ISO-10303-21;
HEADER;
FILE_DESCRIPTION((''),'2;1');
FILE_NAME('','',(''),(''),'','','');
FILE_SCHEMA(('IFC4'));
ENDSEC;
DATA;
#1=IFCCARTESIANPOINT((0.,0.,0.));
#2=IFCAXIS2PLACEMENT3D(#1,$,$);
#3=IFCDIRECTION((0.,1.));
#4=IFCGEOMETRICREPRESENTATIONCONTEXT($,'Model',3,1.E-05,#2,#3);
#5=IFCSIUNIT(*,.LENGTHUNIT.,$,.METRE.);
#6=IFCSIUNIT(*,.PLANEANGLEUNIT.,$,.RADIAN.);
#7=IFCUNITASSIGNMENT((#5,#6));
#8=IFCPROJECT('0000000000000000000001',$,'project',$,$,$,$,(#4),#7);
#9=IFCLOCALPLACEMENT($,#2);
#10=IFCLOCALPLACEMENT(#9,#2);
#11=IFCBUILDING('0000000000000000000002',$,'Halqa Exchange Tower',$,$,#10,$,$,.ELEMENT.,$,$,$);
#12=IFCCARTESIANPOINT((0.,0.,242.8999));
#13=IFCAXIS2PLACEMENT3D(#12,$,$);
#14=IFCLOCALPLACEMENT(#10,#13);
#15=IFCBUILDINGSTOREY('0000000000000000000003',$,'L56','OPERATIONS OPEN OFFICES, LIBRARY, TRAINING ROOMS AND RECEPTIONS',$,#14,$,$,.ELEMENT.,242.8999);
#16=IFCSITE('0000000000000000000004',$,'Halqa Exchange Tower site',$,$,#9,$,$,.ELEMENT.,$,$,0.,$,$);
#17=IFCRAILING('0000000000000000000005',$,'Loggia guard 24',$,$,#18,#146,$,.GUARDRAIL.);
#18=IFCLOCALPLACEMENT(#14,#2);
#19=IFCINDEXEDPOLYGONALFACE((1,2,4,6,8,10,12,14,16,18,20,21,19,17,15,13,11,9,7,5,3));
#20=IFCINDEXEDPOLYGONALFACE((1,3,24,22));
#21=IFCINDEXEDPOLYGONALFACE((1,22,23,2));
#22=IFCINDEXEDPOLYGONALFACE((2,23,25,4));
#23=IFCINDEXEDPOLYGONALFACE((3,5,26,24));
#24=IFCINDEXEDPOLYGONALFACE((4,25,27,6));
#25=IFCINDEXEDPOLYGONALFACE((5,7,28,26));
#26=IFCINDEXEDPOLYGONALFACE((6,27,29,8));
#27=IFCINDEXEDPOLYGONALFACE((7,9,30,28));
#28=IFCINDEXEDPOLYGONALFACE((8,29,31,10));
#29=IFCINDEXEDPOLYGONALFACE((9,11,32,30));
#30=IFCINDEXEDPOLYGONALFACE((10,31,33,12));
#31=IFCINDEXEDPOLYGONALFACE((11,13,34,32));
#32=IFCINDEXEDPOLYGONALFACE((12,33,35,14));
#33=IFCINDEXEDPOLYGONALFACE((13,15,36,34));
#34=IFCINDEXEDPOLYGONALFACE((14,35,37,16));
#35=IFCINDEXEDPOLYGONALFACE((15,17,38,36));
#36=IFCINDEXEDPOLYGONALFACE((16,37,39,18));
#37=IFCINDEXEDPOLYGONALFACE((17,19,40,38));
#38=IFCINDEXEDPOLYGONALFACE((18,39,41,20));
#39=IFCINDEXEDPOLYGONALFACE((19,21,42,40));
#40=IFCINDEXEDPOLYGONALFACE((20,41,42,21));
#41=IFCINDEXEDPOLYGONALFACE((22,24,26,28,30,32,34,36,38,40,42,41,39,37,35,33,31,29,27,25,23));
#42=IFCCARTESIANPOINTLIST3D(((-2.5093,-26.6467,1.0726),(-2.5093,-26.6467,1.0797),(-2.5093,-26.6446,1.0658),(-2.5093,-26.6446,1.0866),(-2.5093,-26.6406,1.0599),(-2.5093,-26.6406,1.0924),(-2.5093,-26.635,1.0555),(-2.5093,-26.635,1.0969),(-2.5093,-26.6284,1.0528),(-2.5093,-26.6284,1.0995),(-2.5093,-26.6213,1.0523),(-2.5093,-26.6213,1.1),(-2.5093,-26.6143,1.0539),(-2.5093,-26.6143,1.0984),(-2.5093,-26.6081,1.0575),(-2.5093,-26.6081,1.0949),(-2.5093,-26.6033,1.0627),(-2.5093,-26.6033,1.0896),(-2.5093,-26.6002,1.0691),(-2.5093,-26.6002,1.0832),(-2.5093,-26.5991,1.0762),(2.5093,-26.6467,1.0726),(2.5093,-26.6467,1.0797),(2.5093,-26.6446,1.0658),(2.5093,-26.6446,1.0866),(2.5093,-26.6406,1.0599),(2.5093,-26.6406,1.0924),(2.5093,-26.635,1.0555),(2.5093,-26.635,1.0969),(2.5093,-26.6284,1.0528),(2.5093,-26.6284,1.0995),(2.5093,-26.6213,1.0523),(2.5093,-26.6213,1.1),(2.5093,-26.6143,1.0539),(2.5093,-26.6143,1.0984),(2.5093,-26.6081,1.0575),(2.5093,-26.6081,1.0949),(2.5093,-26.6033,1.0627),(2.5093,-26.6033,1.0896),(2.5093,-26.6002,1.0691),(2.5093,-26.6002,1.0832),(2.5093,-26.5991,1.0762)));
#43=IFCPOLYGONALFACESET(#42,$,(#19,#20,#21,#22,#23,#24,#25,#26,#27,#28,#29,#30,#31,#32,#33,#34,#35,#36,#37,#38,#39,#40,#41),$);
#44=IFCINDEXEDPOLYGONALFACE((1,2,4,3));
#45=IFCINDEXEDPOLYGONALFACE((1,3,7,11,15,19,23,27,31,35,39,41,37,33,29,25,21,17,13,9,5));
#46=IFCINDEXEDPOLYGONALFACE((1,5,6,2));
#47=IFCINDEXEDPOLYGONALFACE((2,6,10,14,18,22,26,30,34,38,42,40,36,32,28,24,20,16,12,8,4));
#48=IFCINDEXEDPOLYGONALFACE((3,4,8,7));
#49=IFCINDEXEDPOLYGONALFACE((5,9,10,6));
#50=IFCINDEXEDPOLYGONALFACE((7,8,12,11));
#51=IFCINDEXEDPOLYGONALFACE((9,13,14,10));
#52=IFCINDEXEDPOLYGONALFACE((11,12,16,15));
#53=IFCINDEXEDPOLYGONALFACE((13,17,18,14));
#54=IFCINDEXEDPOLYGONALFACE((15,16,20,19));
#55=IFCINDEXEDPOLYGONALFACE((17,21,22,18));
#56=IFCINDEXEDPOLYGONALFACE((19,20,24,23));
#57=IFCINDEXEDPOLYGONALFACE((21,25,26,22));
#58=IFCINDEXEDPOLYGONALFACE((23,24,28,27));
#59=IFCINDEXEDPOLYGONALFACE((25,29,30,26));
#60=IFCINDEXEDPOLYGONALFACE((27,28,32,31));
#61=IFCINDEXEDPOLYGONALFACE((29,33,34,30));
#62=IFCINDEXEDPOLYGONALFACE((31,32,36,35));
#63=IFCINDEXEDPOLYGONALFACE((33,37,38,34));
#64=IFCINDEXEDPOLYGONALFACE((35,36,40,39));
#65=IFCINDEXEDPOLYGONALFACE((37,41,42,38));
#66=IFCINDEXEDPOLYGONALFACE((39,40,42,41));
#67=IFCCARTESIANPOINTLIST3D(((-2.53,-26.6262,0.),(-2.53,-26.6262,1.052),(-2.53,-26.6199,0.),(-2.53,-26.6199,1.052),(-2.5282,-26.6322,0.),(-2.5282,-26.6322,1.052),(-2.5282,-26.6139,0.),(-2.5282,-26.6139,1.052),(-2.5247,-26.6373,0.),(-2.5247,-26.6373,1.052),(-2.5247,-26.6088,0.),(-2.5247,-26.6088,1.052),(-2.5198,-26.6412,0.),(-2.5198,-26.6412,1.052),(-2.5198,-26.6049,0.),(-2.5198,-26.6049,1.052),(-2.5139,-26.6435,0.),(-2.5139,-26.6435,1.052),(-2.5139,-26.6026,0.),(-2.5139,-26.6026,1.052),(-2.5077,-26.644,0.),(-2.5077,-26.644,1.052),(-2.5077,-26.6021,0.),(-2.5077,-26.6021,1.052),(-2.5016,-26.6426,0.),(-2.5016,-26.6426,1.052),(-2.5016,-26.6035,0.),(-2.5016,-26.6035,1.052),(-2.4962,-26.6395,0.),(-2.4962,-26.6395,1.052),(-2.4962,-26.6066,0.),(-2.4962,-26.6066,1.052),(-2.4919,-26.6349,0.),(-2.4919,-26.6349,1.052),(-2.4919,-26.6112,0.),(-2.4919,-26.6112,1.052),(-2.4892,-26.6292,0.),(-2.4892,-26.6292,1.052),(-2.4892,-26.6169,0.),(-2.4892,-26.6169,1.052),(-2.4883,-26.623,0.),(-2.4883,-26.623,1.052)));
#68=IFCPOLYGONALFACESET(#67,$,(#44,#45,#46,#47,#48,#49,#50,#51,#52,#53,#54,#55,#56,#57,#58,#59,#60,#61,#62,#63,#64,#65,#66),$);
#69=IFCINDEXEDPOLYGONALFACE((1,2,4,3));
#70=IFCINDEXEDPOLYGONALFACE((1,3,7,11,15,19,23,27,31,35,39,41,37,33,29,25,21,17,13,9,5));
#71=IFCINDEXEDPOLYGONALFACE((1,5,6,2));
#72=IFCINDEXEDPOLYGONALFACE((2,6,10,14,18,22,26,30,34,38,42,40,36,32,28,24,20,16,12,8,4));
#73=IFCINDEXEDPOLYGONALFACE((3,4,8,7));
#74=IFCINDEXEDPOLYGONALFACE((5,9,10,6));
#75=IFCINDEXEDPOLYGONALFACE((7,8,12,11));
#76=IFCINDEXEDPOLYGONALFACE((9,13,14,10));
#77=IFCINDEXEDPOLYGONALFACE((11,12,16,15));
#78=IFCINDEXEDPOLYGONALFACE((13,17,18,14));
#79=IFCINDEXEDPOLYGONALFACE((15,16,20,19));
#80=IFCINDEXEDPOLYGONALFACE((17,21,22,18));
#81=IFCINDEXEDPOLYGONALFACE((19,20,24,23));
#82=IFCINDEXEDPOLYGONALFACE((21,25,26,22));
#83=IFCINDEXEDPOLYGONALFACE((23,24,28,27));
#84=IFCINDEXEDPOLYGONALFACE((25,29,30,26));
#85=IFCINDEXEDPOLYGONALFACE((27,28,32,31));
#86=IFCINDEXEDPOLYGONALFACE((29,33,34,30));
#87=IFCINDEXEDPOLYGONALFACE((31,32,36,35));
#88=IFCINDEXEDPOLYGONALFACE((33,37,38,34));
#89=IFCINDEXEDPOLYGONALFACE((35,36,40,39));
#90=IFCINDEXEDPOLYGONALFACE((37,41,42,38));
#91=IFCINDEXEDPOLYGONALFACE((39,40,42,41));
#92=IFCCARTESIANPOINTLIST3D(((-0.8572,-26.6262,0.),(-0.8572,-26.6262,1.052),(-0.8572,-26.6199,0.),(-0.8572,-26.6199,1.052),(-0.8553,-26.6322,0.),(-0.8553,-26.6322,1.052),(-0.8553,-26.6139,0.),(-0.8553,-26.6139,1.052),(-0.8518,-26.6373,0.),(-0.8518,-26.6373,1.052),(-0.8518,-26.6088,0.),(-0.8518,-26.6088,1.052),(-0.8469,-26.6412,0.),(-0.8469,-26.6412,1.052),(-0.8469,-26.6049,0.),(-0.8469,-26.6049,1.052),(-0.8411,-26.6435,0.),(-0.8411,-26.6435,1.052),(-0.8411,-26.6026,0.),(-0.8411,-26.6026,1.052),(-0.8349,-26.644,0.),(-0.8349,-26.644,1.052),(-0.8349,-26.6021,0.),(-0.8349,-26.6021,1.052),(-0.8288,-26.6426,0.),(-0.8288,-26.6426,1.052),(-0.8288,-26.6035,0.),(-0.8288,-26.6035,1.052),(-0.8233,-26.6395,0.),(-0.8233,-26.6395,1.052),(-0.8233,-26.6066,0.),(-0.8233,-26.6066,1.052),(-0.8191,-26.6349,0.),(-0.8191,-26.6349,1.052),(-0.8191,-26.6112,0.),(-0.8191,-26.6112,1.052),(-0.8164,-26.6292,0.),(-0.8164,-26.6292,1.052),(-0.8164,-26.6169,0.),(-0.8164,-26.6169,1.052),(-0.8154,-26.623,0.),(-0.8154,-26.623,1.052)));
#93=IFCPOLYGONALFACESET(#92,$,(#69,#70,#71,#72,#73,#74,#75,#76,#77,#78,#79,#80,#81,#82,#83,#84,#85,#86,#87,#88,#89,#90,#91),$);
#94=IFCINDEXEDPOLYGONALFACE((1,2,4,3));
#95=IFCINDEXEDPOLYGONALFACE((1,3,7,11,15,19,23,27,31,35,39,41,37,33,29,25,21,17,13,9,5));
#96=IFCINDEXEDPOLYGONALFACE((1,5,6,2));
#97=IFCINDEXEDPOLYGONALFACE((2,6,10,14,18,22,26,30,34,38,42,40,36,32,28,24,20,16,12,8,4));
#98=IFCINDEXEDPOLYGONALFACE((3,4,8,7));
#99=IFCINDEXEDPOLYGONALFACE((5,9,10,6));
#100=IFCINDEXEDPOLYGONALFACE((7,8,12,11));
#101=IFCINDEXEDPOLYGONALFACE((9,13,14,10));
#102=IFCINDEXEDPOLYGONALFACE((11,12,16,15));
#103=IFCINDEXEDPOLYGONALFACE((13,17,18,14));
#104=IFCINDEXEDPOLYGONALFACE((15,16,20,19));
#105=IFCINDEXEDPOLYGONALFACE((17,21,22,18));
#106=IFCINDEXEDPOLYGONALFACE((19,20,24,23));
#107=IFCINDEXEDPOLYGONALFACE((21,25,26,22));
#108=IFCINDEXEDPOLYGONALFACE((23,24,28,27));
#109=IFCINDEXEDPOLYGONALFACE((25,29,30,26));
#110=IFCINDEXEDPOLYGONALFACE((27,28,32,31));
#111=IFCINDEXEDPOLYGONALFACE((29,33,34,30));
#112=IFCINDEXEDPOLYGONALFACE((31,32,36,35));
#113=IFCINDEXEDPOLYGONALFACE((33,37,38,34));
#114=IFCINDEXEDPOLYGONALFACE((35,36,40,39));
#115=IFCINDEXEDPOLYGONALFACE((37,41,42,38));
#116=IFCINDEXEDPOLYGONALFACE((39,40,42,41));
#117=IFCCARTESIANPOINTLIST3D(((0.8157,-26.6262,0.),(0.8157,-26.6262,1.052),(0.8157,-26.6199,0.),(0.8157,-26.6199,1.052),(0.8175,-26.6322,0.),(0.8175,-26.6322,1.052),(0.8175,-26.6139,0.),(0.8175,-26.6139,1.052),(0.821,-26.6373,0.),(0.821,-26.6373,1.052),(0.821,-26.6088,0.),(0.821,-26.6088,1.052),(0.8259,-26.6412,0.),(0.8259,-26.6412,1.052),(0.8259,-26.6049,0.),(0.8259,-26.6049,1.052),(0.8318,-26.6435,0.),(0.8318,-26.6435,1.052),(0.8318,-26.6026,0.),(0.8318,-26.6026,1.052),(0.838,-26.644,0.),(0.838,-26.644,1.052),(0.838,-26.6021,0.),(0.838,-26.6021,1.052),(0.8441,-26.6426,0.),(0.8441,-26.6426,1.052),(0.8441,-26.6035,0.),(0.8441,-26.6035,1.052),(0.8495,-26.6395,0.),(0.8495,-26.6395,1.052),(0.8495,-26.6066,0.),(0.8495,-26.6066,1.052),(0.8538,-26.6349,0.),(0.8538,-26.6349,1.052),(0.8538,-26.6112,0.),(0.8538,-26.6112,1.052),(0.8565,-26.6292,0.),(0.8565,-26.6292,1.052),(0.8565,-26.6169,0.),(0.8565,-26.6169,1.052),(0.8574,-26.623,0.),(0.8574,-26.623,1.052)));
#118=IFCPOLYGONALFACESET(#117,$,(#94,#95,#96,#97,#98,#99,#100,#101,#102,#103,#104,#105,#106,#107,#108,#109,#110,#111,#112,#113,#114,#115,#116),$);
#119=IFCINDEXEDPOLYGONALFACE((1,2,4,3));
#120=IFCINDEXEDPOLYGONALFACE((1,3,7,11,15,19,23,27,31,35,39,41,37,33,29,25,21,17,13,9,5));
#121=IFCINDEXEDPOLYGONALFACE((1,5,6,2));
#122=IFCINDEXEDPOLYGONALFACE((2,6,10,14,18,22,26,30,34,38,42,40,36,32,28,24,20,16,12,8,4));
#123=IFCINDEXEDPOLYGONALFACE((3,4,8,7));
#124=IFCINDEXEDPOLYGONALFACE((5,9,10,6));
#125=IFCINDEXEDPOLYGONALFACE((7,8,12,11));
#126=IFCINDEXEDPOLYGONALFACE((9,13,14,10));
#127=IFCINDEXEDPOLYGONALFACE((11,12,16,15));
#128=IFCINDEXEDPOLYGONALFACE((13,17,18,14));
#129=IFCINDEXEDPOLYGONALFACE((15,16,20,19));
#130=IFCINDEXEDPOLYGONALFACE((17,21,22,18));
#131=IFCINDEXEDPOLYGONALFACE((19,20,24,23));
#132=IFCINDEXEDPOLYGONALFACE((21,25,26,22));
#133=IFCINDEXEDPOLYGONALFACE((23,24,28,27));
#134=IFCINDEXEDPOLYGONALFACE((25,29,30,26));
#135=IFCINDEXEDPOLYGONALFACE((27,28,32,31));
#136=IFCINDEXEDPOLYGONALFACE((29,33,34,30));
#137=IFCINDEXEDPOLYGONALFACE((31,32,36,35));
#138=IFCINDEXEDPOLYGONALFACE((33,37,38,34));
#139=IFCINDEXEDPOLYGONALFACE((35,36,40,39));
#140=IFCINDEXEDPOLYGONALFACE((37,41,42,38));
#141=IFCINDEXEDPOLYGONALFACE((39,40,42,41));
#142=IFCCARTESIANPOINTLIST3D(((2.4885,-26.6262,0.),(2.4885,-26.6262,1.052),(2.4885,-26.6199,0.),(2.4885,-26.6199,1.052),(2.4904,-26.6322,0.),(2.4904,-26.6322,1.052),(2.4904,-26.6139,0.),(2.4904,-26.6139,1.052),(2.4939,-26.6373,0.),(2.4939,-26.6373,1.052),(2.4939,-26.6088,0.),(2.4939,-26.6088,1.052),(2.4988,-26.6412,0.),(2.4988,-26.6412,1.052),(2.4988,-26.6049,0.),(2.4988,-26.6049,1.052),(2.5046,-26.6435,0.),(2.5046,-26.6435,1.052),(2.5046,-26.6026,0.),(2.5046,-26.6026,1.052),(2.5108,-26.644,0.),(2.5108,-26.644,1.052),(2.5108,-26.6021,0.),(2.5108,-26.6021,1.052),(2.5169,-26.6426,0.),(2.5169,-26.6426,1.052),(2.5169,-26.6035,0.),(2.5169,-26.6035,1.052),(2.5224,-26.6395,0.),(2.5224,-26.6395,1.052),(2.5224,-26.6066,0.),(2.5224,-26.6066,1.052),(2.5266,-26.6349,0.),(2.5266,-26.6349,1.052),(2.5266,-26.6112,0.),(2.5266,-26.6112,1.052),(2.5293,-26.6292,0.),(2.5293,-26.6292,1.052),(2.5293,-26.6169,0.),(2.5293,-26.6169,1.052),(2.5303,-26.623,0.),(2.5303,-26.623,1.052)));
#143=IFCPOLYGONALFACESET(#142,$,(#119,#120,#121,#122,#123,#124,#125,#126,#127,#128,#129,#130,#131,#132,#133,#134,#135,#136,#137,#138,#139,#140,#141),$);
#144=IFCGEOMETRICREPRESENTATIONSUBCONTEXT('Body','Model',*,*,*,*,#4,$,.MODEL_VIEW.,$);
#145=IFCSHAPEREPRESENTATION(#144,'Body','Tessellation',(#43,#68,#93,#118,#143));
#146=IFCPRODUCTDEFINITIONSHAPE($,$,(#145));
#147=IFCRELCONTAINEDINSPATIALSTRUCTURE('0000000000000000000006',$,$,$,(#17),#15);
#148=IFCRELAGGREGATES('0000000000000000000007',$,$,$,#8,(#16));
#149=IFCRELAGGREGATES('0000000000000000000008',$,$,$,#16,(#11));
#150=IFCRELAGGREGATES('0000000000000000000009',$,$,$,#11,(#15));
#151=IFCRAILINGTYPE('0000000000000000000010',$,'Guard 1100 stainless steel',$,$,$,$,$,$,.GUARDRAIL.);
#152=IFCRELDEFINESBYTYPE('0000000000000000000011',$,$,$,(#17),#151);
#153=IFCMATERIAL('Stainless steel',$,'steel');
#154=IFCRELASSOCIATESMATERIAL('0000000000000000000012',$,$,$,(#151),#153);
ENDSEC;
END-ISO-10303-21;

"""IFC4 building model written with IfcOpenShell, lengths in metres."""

from ifc_helpers import new_model, si_unit, direction, frame, origin, origin_2d, place, context, subcontext, project, spatial, circle, extrude, material, type_object, element, save


model = new_model("IFC4")

# Units and contexts
model_context = context("Model", 3, precision=1e-05, world=origin(), true_north=direction((0.0, 1.0)))
body_context = subcontext(model_context, "Body", "Model", "MODEL_VIEW")
ifc_project = project(units=[si_unit("LENGTHUNIT", "METRE"), si_unit("PLANEANGLEUNIT", "RADIAN")], contexts=[model_context])

# Site, building, storey
site_placement = place(None, origin())
site = spatial("IfcSite", under=ifc_project, at=site_placement, Name="Halqa Exchange Tower site", CompositionType="ELEMENT", RefElevation=0.0)
building_placement = place(site_placement, origin())
building = spatial("IfcBuilding", under=site, at=building_placement, Name="Halqa Exchange Tower", CompositionType="ELEMENT")
storey_placement = place(building_placement, frame((0.0, 0.0, 242.8999)))
storey = spatial("IfcBuildingStorey", under=building, at=storey_placement, Name="L56", Description="OPERATIONS OPEN OFFICES, LIBRARY, TRAINING ROOMS AND RECEPTIONS", CompositionType="ELEMENT", Elevation=242.8999)

# Railing
ifc_material_1 = material(Name="Stainless steel", Category="steel")
railing_type = type_object("IfcRailingType", Name="Guard 1100 stainless steel", PredefinedType="GUARDRAIL", material=ifc_material_1)
railing_1_placement = place(storey_placement, frame((-2.5093, -26.623, 0.0)))
element("IfcRailing", 1, at=railing_1_placement, inside=storey, type_object=railing_type, Name="Loggia guard 24", PredefinedType="GUARDRAIL", context=body_context, shape_type="SweptSolid", body=[
    extrude(circle(Radius=0.0239, at=origin_2d()), frame((0.0, 0.0, 1.0762), z_axis=(1.0, 0.0, 0.0), x_axis=(0.0, 1.0, 0.0)), (0.0, 0.0, 1.0), 5.0186),
    extrude(circle(Radius=0.021, at=origin_2d()), origin(), (0.0, 0.0, 1.0), 1.052),
    extrude(circle(Radius=0.021, at=origin_2d()), frame((1.6729, 0.0, 0.0)), (0.0, 0.0, 1.0), 1.052),
    extrude(circle(Radius=0.021, at=origin_2d()), frame((3.3457, 0.0, 0.0)), (0.0, 0.0, 1.0), 1.052),
    extrude(circle(Radius=0.021, at=origin_2d()), frame((5.0186, 0.0, 0.0)), (0.0, 0.0, 1.0), 1.052),
])

save(model, "model.ifc")
